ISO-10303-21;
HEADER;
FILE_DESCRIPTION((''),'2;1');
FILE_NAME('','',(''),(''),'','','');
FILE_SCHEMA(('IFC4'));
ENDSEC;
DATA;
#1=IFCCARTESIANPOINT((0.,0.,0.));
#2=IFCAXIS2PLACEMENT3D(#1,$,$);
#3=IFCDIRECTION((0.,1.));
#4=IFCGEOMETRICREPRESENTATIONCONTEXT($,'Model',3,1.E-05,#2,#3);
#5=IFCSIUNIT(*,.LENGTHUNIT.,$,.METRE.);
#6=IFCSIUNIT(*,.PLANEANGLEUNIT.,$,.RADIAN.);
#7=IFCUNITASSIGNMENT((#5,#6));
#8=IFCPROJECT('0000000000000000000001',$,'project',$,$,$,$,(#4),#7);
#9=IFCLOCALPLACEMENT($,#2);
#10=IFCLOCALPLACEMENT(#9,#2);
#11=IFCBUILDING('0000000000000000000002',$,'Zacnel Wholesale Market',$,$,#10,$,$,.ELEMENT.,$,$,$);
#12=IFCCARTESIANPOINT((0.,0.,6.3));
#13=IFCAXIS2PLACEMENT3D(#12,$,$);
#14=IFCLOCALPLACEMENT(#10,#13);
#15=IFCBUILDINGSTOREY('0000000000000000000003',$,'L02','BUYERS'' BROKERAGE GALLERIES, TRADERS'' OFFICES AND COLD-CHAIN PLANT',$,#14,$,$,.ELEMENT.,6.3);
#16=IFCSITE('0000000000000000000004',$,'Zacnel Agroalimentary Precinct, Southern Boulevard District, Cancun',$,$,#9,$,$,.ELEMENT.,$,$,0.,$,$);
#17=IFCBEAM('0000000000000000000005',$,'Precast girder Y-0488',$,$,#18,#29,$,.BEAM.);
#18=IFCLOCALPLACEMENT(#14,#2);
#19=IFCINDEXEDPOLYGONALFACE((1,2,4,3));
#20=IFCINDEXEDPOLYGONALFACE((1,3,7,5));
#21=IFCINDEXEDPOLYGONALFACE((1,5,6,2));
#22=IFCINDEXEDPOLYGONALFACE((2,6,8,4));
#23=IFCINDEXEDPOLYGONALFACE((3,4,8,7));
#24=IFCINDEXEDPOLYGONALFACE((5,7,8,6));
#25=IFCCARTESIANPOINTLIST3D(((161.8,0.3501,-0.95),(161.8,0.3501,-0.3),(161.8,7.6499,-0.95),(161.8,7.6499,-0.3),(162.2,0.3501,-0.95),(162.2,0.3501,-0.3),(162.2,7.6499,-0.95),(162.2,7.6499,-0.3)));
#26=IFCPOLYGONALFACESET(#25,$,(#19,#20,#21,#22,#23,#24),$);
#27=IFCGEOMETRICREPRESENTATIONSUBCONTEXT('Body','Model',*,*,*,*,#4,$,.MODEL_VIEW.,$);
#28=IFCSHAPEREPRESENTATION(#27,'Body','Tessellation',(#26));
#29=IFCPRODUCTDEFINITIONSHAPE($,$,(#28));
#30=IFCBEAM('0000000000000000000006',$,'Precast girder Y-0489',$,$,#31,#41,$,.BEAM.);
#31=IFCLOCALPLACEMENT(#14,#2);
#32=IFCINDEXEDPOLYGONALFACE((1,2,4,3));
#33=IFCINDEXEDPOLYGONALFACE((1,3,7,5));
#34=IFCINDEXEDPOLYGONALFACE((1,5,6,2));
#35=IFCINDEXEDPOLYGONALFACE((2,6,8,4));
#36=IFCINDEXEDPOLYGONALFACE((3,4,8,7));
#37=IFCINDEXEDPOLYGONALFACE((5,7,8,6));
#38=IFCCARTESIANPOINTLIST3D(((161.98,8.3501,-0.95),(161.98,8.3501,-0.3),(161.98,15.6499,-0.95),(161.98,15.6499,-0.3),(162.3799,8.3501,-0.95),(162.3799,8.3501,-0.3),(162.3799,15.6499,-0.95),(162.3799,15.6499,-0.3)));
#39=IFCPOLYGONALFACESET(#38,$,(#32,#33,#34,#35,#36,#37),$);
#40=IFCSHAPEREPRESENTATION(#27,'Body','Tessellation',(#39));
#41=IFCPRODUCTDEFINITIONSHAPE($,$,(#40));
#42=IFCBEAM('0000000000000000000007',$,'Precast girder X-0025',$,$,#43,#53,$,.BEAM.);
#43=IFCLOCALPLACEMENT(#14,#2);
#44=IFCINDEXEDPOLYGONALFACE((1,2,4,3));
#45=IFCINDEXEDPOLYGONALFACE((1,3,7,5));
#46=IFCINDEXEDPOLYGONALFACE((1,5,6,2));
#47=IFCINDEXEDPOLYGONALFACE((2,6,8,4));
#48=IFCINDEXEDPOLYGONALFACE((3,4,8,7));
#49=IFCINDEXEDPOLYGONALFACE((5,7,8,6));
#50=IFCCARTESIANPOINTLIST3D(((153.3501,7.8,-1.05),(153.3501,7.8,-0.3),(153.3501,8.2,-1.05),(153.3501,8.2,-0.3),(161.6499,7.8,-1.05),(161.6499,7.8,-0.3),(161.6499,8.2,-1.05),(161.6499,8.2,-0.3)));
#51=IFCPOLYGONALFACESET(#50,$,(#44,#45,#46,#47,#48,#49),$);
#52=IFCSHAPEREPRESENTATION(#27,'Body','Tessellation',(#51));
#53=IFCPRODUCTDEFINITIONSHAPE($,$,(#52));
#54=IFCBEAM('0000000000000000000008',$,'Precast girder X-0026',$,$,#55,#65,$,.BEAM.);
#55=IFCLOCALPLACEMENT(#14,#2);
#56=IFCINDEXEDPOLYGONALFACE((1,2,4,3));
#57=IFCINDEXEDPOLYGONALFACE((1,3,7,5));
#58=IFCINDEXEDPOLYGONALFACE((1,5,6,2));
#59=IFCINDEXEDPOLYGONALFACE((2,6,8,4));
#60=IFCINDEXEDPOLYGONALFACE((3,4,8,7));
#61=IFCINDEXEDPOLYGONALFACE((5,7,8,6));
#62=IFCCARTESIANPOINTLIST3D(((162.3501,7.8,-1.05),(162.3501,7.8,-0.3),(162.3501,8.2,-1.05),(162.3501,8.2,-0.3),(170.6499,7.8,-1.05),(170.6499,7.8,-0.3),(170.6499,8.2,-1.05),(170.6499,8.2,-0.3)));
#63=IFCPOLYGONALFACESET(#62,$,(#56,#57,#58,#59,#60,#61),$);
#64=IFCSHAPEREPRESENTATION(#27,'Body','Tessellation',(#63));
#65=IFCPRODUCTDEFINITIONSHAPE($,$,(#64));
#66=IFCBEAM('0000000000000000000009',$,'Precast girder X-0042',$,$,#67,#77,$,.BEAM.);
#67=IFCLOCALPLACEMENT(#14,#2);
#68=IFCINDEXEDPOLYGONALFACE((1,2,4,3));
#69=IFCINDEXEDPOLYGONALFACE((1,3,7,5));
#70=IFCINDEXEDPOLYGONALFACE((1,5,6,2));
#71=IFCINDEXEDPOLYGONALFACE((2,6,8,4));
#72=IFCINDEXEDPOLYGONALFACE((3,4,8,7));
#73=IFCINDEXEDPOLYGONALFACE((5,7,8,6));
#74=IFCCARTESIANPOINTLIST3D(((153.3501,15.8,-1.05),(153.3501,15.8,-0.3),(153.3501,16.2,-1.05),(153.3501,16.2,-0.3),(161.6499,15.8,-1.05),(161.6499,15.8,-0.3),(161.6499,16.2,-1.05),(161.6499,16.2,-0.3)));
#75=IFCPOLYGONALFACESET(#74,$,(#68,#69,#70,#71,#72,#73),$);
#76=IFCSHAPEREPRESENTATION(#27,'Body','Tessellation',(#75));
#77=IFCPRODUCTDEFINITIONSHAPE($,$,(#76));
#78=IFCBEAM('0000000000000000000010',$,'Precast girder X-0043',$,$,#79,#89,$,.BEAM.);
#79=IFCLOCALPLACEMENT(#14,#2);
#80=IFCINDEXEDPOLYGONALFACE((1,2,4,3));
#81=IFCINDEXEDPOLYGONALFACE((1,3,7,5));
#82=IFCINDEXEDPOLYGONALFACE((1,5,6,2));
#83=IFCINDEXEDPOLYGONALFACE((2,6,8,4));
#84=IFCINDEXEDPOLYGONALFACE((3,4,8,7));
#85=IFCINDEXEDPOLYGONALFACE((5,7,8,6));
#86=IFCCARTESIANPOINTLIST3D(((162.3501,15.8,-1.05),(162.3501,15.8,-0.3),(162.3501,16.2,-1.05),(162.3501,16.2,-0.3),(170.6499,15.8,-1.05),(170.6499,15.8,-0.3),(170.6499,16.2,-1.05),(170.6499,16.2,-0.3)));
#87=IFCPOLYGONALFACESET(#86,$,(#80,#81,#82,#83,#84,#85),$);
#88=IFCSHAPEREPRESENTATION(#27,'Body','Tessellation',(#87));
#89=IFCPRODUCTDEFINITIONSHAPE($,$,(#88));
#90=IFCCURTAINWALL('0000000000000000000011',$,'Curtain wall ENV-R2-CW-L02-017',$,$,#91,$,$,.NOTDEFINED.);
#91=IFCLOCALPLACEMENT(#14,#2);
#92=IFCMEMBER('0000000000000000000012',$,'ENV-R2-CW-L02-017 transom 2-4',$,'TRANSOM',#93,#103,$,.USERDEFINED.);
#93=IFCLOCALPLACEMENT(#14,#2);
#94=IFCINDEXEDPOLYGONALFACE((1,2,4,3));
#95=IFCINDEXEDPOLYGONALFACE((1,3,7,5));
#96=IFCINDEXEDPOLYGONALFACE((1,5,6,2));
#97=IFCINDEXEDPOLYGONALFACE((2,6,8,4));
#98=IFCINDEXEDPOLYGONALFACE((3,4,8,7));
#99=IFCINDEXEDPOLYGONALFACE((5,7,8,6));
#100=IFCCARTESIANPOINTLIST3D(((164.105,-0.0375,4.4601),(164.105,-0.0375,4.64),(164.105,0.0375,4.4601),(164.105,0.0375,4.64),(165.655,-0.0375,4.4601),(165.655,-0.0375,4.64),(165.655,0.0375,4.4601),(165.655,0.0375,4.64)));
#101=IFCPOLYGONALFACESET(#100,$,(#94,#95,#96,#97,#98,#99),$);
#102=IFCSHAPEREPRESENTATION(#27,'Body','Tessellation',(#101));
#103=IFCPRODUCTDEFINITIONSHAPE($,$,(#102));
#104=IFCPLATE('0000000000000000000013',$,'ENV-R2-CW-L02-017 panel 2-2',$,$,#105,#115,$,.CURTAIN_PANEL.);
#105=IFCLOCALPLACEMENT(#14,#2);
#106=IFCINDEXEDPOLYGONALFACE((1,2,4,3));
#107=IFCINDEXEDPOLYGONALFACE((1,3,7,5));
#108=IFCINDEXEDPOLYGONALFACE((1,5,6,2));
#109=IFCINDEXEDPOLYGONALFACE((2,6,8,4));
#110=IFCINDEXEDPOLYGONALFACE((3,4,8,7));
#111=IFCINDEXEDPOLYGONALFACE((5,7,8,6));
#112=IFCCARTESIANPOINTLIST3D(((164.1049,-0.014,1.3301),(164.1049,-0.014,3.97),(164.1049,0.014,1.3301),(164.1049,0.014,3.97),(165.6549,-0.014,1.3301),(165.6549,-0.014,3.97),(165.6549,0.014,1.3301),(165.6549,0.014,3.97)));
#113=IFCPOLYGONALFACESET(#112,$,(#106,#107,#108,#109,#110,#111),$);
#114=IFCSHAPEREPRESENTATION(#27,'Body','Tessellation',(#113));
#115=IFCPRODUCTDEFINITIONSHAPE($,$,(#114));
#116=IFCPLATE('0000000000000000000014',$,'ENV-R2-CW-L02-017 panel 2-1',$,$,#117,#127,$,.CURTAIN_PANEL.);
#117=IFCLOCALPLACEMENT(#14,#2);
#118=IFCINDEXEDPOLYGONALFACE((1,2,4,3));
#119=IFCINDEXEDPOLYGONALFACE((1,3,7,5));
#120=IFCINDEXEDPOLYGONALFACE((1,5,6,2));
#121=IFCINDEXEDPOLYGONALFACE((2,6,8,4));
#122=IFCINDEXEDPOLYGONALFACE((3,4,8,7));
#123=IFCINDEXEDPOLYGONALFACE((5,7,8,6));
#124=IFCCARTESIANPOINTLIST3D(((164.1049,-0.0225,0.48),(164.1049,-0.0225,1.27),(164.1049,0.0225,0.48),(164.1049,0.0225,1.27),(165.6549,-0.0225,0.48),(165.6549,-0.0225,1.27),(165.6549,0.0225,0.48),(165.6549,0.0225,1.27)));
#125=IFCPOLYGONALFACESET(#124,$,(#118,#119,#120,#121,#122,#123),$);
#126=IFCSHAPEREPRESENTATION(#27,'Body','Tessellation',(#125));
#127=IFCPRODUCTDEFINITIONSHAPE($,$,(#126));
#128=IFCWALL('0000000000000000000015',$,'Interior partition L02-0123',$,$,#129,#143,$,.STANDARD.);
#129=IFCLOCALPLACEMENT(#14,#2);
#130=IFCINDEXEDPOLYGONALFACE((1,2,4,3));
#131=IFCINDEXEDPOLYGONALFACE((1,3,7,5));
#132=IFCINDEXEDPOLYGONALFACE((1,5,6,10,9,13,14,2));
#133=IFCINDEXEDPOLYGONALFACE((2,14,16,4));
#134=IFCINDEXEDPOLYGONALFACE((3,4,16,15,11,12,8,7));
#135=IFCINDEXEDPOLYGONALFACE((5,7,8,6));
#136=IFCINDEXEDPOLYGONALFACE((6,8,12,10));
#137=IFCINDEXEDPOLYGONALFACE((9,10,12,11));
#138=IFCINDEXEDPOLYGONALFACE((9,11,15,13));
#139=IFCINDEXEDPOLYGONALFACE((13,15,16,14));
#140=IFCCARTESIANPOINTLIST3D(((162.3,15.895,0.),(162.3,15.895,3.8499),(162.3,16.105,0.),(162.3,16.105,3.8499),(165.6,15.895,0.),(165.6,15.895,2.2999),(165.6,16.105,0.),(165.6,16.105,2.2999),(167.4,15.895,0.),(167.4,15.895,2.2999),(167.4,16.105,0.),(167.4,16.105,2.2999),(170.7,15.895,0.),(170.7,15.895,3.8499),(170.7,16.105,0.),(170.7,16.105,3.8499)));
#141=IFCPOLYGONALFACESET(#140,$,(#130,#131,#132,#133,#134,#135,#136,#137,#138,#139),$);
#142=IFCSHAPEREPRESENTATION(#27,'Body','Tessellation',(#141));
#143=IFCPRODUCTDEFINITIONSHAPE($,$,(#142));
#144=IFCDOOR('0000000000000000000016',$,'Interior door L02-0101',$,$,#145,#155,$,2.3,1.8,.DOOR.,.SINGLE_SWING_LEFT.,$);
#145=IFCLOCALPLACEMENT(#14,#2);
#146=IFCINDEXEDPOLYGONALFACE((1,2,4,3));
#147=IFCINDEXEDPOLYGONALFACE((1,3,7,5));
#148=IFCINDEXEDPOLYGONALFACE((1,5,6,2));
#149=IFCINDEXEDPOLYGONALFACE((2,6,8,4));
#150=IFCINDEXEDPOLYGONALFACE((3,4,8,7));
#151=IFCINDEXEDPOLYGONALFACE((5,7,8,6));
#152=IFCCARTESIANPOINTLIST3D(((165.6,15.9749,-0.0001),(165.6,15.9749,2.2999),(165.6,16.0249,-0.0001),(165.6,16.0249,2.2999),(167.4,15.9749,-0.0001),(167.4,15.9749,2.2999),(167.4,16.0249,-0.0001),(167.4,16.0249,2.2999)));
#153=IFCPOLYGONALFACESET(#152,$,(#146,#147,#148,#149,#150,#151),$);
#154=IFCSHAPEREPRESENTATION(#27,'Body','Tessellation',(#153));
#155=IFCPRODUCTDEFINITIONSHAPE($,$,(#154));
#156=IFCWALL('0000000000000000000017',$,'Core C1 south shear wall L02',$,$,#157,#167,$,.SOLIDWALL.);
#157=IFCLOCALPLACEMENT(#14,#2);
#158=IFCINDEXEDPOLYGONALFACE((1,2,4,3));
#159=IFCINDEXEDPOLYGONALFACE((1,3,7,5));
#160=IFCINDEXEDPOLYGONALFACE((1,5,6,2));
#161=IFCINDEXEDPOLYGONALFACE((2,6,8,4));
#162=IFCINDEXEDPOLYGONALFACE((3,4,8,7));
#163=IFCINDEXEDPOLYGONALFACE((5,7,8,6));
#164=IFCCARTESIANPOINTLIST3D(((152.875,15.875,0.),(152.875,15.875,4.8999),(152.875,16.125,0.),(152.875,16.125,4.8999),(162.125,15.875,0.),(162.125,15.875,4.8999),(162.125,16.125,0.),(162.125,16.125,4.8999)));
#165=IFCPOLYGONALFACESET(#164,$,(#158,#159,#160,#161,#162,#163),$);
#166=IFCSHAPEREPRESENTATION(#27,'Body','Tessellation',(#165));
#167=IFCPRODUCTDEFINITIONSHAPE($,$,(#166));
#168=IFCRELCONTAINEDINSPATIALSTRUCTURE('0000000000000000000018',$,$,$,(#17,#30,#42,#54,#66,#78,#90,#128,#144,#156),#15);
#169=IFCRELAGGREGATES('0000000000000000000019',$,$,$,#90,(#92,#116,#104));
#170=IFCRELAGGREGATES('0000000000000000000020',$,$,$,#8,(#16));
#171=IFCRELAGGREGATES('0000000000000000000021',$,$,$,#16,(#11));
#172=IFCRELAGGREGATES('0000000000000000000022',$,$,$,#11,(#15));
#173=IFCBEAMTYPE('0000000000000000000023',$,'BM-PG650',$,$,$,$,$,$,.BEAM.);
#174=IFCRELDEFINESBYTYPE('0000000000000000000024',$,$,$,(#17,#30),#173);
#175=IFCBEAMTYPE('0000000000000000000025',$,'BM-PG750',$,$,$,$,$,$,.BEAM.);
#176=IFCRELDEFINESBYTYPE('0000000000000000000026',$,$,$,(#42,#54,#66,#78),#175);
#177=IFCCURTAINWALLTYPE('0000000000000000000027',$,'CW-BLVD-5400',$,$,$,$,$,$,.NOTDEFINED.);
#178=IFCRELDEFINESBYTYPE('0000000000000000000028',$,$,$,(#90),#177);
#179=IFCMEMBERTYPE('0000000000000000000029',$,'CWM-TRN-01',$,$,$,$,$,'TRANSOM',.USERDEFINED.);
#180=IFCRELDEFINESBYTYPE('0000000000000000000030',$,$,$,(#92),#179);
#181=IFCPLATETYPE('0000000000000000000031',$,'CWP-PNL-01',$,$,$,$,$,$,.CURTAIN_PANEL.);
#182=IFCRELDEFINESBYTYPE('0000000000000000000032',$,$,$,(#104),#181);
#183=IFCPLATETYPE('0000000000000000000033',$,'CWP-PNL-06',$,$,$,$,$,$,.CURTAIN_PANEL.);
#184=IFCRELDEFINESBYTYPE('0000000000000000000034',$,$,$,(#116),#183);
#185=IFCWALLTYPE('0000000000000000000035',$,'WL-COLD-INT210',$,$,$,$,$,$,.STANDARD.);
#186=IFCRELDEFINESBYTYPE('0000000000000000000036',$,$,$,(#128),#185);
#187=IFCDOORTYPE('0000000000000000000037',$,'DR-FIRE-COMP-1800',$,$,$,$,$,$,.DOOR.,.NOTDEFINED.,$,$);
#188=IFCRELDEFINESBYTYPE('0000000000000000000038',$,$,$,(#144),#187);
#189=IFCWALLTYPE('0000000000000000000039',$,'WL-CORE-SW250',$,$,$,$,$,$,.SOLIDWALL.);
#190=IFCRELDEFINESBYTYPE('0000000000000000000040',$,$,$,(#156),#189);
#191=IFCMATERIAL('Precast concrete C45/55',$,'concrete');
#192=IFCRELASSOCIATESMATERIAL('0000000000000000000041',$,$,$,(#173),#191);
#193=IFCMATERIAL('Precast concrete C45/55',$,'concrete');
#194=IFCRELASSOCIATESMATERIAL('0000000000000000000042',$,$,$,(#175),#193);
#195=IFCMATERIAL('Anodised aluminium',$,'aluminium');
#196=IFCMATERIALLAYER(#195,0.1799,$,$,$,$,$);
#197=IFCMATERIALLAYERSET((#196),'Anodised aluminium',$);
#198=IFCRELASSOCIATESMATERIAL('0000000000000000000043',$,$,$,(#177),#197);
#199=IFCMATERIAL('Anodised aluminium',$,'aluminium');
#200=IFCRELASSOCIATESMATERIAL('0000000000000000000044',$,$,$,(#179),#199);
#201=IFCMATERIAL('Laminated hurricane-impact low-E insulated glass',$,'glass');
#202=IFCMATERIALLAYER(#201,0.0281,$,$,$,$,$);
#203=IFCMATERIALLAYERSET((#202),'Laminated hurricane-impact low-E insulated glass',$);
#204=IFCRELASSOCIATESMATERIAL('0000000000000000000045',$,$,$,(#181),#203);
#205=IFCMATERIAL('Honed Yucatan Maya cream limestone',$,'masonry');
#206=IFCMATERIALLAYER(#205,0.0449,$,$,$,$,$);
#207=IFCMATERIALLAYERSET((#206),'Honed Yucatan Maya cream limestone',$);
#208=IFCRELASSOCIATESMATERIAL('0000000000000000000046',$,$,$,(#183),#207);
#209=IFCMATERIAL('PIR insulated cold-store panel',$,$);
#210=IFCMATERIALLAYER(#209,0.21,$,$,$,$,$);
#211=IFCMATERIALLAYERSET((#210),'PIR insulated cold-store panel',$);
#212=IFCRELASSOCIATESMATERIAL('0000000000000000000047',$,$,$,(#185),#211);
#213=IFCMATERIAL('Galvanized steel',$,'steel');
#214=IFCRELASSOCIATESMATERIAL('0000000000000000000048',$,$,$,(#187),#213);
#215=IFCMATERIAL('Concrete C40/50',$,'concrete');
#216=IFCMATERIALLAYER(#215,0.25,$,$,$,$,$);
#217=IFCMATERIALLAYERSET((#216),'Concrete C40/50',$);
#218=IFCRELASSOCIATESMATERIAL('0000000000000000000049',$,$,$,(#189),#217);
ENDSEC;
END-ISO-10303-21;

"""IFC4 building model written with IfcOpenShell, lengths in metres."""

from ifc_helpers import new_model, si_unit, direction, frame, frame_2d, origin, origin_2d, place, context, subcontext, project, spatial, rectangle, extrude, material, layer, layer_set, material_profile, profile_set, type_object, element, fill, aggregate, save


model = new_model("IFC4")

# Units and contexts
model_context = context("Model", 3, precision=1e-05, world=origin(), true_north=direction((0.0, 1.0)))
body_context = subcontext(model_context, "Body", "Model", "MODEL_VIEW")
ifc_project = project(units=[si_unit("LENGTHUNIT", "METRE"), si_unit("PLANEANGLEUNIT", "RADIAN")], contexts=[model_context])

# Site, building, storey
site_placement = place(None, origin())
site = spatial("IfcSite", under=ifc_project, at=site_placement, Name="Zacnel Agroalimentary Precinct, Southern Boulevard District, Cancun", CompositionType="ELEMENT", RefElevation=0.0)
building_placement = place(site_placement, origin())
building = spatial("IfcBuilding", under=site, at=building_placement, Name="Zacnel Wholesale Market", CompositionType="ELEMENT")
storey_placement = place(building_placement, frame((0.0, 0.0, 6.3)))
storey = spatial("IfcBuildingStorey", under=building, at=storey_placement, Name="L02", Description="BUYERS' BROKERAGE GALLERIES, TRADERS' OFFICES AND COLD-CHAIN PLANT", CompositionType="ELEMENT", Elevation=6.3)

# Beams
ifc_material_1 = material(Name="Precast concrete C45/55", Category="concrete")
ifc_material_profile_1 = material_profile(ifc_material_1, rectangle(XDim=0.3999, YDim=0.6499, at=origin_2d()), Name="PG 400x650")
ifc_profile_set_1 = profile_set([ifc_material_profile_1], Name="Precast concrete C45/55")
beam_type_1 = type_object("IfcBeamType", Name="BM-PG650", PredefinedType="BEAM", material=ifc_profile_set_1)
for number, where, z_axis, x_axis, name in (
    (1, (162.0, 0.3501, -0.625), (0.0, 1.0, 0.0), (-1.0, 0.0, 0.0), "Precast girder Y-0488"),
    (2, (162.1799, 8.3501, -0.625), (0.0, 1.0, 0.0), (-1.0, 0.0, 0.0), "Precast girder Y-0489"),
):
    element("IfcBeam", number, at=place(storey_placement, frame(where, z_axis=z_axis, x_axis=x_axis)), inside=storey, type_object=beam_type_1, Name=name, PredefinedType="BEAM", context=body_context, shape_type="SweptSolid", body=[
        extrude(rectangle(XDim=0.3999, YDim=0.6499, at=origin_2d()), origin(), (0.0, 0.0, 1.0), 7.2998),
    ])
ifc_material_2 = material(Name="Precast concrete C45/55", Category="concrete")
ifc_material_profile_2 = material_profile(ifc_material_2, rectangle(XDim=0.3999, YDim=0.75, at=origin_2d()), Name="PG 400x750")
ifc_profile_set_2 = profile_set([ifc_material_profile_2], Name="Precast concrete C45/55")
beam_type_2 = type_object("IfcBeamType", Name="BM-PG750", PredefinedType="BEAM", material=ifc_profile_set_2)
for number, where, z_axis, x_axis, name in (
    (3, (153.3501, 8.0, -0.675), (1.0, 0.0, 0.0), (0.0, 1.0, 0.0), "Precast girder X-0025"),
    (4, (162.3501, 8.0, -0.675), (1.0, 0.0, 0.0), (0.0, 1.0, 0.0), "Precast girder X-0026"),
    (5, (153.3501, 16.0, -0.675), (1.0, 0.0, 0.0), (0.0, 1.0, 0.0), "Precast girder X-0042"),
    (6, (162.3501, 16.0, -0.675), (1.0, 0.0, 0.0), (0.0, 1.0, 0.0), "Precast girder X-0043"),
):
    element("IfcBeam", number, at=place(storey_placement, frame(where, z_axis=z_axis, x_axis=x_axis)), inside=storey, type_object=beam_type_2, Name=name, PredefinedType="BEAM", context=body_context, shape_type="SweptSolid", body=[
        extrude(rectangle(XDim=0.3999, YDim=0.75, at=origin_2d()), origin(), (0.0, 0.0, 1.0), 8.2998),
    ])

# Curtain wall, member, plates
ifc_material_3 = material(Name="Anodised aluminium", Category="aluminium")
ifc_layer_1 = layer(ifc_material_3, 0.1799)
ifc_layer_set_1 = layer_set([ifc_layer_1], Name="Anodised aluminium")
curtain_wall_type = type_object("IfcCurtainWallType", Name="CW-BLVD-5400", PredefinedType="NOTDEFINED", material=ifc_layer_set_1)
curtain_wall_placement = place(storey_placement, origin())
curtain_wall = element("IfcCurtainWall", 7, at=curtain_wall_placement, inside=storey, type_object=curtain_wall_type, Name="Curtain wall ENV-R2-CW-L02-017", PredefinedType="NOTDEFINED")
ifc_material_4 = material(Name="Anodised aluminium", Category="aluminium")
ifc_material_profile_3 = material_profile(ifc_material_4, rectangle(XDim=0.075, YDim=0.1799, at=origin_2d()), Name="AW-TRANSOM 75x180")
ifc_profile_set_3 = profile_set([ifc_material_profile_3], Name="Anodised aluminium")
member_type = type_object("IfcMemberType", Name="CWM-TRN-01", ElementType="TRANSOM", PredefinedType="USERDEFINED", material=ifc_profile_set_3)
member_placement = place(storey_placement, frame((164.105, 0.0, 4.55), z_axis=(1.0, 0.0, 0.0), x_axis=(0.0, 1.0, 0.0)))
member = element("IfcMember", 8, at=member_placement, type_object=member_type, Name="ENV-R2-CW-L02-017 transom 2-4", ObjectType="TRANSOM", PredefinedType="USERDEFINED", context=body_context, shape_type="SweptSolid", body=[
    extrude(rectangle(XDim=0.075, YDim=0.1799, at=origin_2d()), origin(), (0.0, 0.0, 1.0), 1.55),
])
ifc_material_5 = material(Name="Laminated hurricane-impact low-E insulated glass", Category="glass")
ifc_layer_2 = layer(ifc_material_5, 0.0281)
ifc_layer_set_2 = layer_set([ifc_layer_2], Name="Laminated hurricane-impact low-E insulated glass")
plate_type_1 = type_object("IfcPlateType", Name="CWP-PNL-01", PredefinedType="CURTAIN_PANEL", material=ifc_layer_set_2)
plate_1_placement = place(storey_placement, frame((164.8799, 0.0, 1.3301), z_axis=(0.0, 0.0, 1.0), x_axis=(1.0, 0.0, 0.0)))
plate_1 = element("IfcPlate", 9, at=plate_1_placement, type_object=plate_type_1, Name="ENV-R2-CW-L02-017 panel 2-2", PredefinedType="CURTAIN_PANEL", context=body_context, shape_type="SweptSolid", body=[
    extrude(rectangle(XDim=1.55, YDim=0.0281, at=origin_2d()), origin(), (0.0, 0.0, 1.0), 2.6399),
])
ifc_material_6 = material(Name="Honed Yucatan Maya cream limestone", Category="masonry")
ifc_layer_3 = layer(ifc_material_6, 0.0449)
ifc_layer_set_3 = layer_set([ifc_layer_3], Name="Honed Yucatan Maya cream limestone")
plate_type_2 = type_object("IfcPlateType", Name="CWP-PNL-06", PredefinedType="CURTAIN_PANEL", material=ifc_layer_set_3)
plate_2_placement = place(storey_placement, frame((164.8799, 0.0, 0.48), z_axis=(0.0, 0.0, 1.0), x_axis=(1.0, 0.0, 0.0)))
plate_2 = element("IfcPlate", 10, at=plate_2_placement, type_object=plate_type_2, Name="ENV-R2-CW-L02-017 panel 2-1", PredefinedType="CURTAIN_PANEL", context=body_context, shape_type="SweptSolid", body=[
    extrude(rectangle(XDim=1.55, YDim=0.0449, at=origin_2d()), origin(), (0.0, 0.0, 1.0), 0.79),
])
aggregate(curtain_wall, [member, plate_2, plate_1])

# Wall, opening, door
ifc_material_7 = material(Name="PIR insulated cold-store panel")
ifc_layer_4 = layer(ifc_material_7, 0.21)
ifc_layer_set_4 = layer_set([ifc_layer_4], Name="PIR insulated cold-store panel")
wall_type_1 = type_object("IfcWallType", Name="WL-COLD-INT210", PredefinedType="STANDARD", material=ifc_layer_set_4)
wall_1_placement = place(storey_placement, frame((162.3, 16.0, 0.0), z_axis=(0.0, 0.0, 1.0), x_axis=(1.0, 0.0, 0.0)))
wall_1 = element("IfcWall", 11, at=wall_1_placement, inside=storey, type_object=wall_type_1, Name="Interior partition L02-0123", PredefinedType="STANDARD", context=body_context, shape_type="SweptSolid", body=[
    extrude(rectangle(XDim=8.3999, YDim=0.21, at=frame_2d((4.2, 0.0))), origin(), (0.0, 0.0, 1.0), 3.8499),
])
opening_1_placement = place(wall_1_placement, frame((3.3, 0.0, 0.0)))
opening_1 = element("IfcOpeningElement", 12, at=opening_1_placement, cuts=wall_1, PredefinedType="OPENING", context=body_context, shape_type="SweptSolid", body=[
    extrude(rectangle(XDim=1.8, YDim=2.3, at=frame_2d((0.8999, 1.1499))), frame((0.0, 0.115, 0.0), z_axis=(0.0, -1.0, 0.0), x_axis=(1.0, 0.0, 0.0)), (0.0, 0.0, 1.0), 0.23),
])
ifc_material_8 = material(Name="Galvanized steel", Category="steel")
door_type_1 = type_object("IfcDoorType", Name="DR-FIRE-COMP-1800", OperationType="NOTDEFINED", PredefinedType="DOOR", material=ifc_material_8)
door_1_placement = place(opening_1_placement, origin())
door_1 = element("IfcDoor", 13, at=door_1_placement, inside=storey, type_object=door_type_1, Name="Interior door L02-0101", OperationType="SINGLE_SWING_LEFT", OverallHeight=2.3, OverallWidth=1.8, PredefinedType="DOOR", context=body_context, shape_type="SweptSolid", body=[
    extrude(rectangle(XDim=1.8, YDim=2.3, at=frame_2d((0.8999, 1.1499))), frame((0.0, 0.0249, 0.0), z_axis=(0.0, -1.0, 0.0), x_axis=(1.0, 0.0, 0.0)), (0.0, 0.0, 1.0), 0.05),
])
fill(opening_1, door_1)

# Wall
ifc_material_9 = material(Name="Concrete C40/50", Category="concrete")
ifc_layer_5 = layer(ifc_material_9, 0.25)
ifc_layer_set_5 = layer_set([ifc_layer_5], Name="Concrete C40/50")
wall_type_2 = type_object("IfcWallType", Name="WL-CORE-SW250", PredefinedType="SOLIDWALL", material=ifc_layer_set_5)
wall_2_placement = place(storey_placement, frame((152.875, 16.0, 0.0), z_axis=(0.0, 0.0, 1.0), x_axis=(1.0, 0.0, 0.0)))
element("IfcWall", 14, at=wall_2_placement, inside=storey, type_object=wall_type_2, Name="Core C1 south shear wall L02", PredefinedType="SOLIDWALL", context=body_context, shape_type="SweptSolid", body=[
    extrude(rectangle(XDim=9.25, YDim=0.25, at=frame_2d((4.625, 0.0))), origin(), (0.0, 0.0, 1.0), 4.8999),
])

save(model, "model.ifc")
